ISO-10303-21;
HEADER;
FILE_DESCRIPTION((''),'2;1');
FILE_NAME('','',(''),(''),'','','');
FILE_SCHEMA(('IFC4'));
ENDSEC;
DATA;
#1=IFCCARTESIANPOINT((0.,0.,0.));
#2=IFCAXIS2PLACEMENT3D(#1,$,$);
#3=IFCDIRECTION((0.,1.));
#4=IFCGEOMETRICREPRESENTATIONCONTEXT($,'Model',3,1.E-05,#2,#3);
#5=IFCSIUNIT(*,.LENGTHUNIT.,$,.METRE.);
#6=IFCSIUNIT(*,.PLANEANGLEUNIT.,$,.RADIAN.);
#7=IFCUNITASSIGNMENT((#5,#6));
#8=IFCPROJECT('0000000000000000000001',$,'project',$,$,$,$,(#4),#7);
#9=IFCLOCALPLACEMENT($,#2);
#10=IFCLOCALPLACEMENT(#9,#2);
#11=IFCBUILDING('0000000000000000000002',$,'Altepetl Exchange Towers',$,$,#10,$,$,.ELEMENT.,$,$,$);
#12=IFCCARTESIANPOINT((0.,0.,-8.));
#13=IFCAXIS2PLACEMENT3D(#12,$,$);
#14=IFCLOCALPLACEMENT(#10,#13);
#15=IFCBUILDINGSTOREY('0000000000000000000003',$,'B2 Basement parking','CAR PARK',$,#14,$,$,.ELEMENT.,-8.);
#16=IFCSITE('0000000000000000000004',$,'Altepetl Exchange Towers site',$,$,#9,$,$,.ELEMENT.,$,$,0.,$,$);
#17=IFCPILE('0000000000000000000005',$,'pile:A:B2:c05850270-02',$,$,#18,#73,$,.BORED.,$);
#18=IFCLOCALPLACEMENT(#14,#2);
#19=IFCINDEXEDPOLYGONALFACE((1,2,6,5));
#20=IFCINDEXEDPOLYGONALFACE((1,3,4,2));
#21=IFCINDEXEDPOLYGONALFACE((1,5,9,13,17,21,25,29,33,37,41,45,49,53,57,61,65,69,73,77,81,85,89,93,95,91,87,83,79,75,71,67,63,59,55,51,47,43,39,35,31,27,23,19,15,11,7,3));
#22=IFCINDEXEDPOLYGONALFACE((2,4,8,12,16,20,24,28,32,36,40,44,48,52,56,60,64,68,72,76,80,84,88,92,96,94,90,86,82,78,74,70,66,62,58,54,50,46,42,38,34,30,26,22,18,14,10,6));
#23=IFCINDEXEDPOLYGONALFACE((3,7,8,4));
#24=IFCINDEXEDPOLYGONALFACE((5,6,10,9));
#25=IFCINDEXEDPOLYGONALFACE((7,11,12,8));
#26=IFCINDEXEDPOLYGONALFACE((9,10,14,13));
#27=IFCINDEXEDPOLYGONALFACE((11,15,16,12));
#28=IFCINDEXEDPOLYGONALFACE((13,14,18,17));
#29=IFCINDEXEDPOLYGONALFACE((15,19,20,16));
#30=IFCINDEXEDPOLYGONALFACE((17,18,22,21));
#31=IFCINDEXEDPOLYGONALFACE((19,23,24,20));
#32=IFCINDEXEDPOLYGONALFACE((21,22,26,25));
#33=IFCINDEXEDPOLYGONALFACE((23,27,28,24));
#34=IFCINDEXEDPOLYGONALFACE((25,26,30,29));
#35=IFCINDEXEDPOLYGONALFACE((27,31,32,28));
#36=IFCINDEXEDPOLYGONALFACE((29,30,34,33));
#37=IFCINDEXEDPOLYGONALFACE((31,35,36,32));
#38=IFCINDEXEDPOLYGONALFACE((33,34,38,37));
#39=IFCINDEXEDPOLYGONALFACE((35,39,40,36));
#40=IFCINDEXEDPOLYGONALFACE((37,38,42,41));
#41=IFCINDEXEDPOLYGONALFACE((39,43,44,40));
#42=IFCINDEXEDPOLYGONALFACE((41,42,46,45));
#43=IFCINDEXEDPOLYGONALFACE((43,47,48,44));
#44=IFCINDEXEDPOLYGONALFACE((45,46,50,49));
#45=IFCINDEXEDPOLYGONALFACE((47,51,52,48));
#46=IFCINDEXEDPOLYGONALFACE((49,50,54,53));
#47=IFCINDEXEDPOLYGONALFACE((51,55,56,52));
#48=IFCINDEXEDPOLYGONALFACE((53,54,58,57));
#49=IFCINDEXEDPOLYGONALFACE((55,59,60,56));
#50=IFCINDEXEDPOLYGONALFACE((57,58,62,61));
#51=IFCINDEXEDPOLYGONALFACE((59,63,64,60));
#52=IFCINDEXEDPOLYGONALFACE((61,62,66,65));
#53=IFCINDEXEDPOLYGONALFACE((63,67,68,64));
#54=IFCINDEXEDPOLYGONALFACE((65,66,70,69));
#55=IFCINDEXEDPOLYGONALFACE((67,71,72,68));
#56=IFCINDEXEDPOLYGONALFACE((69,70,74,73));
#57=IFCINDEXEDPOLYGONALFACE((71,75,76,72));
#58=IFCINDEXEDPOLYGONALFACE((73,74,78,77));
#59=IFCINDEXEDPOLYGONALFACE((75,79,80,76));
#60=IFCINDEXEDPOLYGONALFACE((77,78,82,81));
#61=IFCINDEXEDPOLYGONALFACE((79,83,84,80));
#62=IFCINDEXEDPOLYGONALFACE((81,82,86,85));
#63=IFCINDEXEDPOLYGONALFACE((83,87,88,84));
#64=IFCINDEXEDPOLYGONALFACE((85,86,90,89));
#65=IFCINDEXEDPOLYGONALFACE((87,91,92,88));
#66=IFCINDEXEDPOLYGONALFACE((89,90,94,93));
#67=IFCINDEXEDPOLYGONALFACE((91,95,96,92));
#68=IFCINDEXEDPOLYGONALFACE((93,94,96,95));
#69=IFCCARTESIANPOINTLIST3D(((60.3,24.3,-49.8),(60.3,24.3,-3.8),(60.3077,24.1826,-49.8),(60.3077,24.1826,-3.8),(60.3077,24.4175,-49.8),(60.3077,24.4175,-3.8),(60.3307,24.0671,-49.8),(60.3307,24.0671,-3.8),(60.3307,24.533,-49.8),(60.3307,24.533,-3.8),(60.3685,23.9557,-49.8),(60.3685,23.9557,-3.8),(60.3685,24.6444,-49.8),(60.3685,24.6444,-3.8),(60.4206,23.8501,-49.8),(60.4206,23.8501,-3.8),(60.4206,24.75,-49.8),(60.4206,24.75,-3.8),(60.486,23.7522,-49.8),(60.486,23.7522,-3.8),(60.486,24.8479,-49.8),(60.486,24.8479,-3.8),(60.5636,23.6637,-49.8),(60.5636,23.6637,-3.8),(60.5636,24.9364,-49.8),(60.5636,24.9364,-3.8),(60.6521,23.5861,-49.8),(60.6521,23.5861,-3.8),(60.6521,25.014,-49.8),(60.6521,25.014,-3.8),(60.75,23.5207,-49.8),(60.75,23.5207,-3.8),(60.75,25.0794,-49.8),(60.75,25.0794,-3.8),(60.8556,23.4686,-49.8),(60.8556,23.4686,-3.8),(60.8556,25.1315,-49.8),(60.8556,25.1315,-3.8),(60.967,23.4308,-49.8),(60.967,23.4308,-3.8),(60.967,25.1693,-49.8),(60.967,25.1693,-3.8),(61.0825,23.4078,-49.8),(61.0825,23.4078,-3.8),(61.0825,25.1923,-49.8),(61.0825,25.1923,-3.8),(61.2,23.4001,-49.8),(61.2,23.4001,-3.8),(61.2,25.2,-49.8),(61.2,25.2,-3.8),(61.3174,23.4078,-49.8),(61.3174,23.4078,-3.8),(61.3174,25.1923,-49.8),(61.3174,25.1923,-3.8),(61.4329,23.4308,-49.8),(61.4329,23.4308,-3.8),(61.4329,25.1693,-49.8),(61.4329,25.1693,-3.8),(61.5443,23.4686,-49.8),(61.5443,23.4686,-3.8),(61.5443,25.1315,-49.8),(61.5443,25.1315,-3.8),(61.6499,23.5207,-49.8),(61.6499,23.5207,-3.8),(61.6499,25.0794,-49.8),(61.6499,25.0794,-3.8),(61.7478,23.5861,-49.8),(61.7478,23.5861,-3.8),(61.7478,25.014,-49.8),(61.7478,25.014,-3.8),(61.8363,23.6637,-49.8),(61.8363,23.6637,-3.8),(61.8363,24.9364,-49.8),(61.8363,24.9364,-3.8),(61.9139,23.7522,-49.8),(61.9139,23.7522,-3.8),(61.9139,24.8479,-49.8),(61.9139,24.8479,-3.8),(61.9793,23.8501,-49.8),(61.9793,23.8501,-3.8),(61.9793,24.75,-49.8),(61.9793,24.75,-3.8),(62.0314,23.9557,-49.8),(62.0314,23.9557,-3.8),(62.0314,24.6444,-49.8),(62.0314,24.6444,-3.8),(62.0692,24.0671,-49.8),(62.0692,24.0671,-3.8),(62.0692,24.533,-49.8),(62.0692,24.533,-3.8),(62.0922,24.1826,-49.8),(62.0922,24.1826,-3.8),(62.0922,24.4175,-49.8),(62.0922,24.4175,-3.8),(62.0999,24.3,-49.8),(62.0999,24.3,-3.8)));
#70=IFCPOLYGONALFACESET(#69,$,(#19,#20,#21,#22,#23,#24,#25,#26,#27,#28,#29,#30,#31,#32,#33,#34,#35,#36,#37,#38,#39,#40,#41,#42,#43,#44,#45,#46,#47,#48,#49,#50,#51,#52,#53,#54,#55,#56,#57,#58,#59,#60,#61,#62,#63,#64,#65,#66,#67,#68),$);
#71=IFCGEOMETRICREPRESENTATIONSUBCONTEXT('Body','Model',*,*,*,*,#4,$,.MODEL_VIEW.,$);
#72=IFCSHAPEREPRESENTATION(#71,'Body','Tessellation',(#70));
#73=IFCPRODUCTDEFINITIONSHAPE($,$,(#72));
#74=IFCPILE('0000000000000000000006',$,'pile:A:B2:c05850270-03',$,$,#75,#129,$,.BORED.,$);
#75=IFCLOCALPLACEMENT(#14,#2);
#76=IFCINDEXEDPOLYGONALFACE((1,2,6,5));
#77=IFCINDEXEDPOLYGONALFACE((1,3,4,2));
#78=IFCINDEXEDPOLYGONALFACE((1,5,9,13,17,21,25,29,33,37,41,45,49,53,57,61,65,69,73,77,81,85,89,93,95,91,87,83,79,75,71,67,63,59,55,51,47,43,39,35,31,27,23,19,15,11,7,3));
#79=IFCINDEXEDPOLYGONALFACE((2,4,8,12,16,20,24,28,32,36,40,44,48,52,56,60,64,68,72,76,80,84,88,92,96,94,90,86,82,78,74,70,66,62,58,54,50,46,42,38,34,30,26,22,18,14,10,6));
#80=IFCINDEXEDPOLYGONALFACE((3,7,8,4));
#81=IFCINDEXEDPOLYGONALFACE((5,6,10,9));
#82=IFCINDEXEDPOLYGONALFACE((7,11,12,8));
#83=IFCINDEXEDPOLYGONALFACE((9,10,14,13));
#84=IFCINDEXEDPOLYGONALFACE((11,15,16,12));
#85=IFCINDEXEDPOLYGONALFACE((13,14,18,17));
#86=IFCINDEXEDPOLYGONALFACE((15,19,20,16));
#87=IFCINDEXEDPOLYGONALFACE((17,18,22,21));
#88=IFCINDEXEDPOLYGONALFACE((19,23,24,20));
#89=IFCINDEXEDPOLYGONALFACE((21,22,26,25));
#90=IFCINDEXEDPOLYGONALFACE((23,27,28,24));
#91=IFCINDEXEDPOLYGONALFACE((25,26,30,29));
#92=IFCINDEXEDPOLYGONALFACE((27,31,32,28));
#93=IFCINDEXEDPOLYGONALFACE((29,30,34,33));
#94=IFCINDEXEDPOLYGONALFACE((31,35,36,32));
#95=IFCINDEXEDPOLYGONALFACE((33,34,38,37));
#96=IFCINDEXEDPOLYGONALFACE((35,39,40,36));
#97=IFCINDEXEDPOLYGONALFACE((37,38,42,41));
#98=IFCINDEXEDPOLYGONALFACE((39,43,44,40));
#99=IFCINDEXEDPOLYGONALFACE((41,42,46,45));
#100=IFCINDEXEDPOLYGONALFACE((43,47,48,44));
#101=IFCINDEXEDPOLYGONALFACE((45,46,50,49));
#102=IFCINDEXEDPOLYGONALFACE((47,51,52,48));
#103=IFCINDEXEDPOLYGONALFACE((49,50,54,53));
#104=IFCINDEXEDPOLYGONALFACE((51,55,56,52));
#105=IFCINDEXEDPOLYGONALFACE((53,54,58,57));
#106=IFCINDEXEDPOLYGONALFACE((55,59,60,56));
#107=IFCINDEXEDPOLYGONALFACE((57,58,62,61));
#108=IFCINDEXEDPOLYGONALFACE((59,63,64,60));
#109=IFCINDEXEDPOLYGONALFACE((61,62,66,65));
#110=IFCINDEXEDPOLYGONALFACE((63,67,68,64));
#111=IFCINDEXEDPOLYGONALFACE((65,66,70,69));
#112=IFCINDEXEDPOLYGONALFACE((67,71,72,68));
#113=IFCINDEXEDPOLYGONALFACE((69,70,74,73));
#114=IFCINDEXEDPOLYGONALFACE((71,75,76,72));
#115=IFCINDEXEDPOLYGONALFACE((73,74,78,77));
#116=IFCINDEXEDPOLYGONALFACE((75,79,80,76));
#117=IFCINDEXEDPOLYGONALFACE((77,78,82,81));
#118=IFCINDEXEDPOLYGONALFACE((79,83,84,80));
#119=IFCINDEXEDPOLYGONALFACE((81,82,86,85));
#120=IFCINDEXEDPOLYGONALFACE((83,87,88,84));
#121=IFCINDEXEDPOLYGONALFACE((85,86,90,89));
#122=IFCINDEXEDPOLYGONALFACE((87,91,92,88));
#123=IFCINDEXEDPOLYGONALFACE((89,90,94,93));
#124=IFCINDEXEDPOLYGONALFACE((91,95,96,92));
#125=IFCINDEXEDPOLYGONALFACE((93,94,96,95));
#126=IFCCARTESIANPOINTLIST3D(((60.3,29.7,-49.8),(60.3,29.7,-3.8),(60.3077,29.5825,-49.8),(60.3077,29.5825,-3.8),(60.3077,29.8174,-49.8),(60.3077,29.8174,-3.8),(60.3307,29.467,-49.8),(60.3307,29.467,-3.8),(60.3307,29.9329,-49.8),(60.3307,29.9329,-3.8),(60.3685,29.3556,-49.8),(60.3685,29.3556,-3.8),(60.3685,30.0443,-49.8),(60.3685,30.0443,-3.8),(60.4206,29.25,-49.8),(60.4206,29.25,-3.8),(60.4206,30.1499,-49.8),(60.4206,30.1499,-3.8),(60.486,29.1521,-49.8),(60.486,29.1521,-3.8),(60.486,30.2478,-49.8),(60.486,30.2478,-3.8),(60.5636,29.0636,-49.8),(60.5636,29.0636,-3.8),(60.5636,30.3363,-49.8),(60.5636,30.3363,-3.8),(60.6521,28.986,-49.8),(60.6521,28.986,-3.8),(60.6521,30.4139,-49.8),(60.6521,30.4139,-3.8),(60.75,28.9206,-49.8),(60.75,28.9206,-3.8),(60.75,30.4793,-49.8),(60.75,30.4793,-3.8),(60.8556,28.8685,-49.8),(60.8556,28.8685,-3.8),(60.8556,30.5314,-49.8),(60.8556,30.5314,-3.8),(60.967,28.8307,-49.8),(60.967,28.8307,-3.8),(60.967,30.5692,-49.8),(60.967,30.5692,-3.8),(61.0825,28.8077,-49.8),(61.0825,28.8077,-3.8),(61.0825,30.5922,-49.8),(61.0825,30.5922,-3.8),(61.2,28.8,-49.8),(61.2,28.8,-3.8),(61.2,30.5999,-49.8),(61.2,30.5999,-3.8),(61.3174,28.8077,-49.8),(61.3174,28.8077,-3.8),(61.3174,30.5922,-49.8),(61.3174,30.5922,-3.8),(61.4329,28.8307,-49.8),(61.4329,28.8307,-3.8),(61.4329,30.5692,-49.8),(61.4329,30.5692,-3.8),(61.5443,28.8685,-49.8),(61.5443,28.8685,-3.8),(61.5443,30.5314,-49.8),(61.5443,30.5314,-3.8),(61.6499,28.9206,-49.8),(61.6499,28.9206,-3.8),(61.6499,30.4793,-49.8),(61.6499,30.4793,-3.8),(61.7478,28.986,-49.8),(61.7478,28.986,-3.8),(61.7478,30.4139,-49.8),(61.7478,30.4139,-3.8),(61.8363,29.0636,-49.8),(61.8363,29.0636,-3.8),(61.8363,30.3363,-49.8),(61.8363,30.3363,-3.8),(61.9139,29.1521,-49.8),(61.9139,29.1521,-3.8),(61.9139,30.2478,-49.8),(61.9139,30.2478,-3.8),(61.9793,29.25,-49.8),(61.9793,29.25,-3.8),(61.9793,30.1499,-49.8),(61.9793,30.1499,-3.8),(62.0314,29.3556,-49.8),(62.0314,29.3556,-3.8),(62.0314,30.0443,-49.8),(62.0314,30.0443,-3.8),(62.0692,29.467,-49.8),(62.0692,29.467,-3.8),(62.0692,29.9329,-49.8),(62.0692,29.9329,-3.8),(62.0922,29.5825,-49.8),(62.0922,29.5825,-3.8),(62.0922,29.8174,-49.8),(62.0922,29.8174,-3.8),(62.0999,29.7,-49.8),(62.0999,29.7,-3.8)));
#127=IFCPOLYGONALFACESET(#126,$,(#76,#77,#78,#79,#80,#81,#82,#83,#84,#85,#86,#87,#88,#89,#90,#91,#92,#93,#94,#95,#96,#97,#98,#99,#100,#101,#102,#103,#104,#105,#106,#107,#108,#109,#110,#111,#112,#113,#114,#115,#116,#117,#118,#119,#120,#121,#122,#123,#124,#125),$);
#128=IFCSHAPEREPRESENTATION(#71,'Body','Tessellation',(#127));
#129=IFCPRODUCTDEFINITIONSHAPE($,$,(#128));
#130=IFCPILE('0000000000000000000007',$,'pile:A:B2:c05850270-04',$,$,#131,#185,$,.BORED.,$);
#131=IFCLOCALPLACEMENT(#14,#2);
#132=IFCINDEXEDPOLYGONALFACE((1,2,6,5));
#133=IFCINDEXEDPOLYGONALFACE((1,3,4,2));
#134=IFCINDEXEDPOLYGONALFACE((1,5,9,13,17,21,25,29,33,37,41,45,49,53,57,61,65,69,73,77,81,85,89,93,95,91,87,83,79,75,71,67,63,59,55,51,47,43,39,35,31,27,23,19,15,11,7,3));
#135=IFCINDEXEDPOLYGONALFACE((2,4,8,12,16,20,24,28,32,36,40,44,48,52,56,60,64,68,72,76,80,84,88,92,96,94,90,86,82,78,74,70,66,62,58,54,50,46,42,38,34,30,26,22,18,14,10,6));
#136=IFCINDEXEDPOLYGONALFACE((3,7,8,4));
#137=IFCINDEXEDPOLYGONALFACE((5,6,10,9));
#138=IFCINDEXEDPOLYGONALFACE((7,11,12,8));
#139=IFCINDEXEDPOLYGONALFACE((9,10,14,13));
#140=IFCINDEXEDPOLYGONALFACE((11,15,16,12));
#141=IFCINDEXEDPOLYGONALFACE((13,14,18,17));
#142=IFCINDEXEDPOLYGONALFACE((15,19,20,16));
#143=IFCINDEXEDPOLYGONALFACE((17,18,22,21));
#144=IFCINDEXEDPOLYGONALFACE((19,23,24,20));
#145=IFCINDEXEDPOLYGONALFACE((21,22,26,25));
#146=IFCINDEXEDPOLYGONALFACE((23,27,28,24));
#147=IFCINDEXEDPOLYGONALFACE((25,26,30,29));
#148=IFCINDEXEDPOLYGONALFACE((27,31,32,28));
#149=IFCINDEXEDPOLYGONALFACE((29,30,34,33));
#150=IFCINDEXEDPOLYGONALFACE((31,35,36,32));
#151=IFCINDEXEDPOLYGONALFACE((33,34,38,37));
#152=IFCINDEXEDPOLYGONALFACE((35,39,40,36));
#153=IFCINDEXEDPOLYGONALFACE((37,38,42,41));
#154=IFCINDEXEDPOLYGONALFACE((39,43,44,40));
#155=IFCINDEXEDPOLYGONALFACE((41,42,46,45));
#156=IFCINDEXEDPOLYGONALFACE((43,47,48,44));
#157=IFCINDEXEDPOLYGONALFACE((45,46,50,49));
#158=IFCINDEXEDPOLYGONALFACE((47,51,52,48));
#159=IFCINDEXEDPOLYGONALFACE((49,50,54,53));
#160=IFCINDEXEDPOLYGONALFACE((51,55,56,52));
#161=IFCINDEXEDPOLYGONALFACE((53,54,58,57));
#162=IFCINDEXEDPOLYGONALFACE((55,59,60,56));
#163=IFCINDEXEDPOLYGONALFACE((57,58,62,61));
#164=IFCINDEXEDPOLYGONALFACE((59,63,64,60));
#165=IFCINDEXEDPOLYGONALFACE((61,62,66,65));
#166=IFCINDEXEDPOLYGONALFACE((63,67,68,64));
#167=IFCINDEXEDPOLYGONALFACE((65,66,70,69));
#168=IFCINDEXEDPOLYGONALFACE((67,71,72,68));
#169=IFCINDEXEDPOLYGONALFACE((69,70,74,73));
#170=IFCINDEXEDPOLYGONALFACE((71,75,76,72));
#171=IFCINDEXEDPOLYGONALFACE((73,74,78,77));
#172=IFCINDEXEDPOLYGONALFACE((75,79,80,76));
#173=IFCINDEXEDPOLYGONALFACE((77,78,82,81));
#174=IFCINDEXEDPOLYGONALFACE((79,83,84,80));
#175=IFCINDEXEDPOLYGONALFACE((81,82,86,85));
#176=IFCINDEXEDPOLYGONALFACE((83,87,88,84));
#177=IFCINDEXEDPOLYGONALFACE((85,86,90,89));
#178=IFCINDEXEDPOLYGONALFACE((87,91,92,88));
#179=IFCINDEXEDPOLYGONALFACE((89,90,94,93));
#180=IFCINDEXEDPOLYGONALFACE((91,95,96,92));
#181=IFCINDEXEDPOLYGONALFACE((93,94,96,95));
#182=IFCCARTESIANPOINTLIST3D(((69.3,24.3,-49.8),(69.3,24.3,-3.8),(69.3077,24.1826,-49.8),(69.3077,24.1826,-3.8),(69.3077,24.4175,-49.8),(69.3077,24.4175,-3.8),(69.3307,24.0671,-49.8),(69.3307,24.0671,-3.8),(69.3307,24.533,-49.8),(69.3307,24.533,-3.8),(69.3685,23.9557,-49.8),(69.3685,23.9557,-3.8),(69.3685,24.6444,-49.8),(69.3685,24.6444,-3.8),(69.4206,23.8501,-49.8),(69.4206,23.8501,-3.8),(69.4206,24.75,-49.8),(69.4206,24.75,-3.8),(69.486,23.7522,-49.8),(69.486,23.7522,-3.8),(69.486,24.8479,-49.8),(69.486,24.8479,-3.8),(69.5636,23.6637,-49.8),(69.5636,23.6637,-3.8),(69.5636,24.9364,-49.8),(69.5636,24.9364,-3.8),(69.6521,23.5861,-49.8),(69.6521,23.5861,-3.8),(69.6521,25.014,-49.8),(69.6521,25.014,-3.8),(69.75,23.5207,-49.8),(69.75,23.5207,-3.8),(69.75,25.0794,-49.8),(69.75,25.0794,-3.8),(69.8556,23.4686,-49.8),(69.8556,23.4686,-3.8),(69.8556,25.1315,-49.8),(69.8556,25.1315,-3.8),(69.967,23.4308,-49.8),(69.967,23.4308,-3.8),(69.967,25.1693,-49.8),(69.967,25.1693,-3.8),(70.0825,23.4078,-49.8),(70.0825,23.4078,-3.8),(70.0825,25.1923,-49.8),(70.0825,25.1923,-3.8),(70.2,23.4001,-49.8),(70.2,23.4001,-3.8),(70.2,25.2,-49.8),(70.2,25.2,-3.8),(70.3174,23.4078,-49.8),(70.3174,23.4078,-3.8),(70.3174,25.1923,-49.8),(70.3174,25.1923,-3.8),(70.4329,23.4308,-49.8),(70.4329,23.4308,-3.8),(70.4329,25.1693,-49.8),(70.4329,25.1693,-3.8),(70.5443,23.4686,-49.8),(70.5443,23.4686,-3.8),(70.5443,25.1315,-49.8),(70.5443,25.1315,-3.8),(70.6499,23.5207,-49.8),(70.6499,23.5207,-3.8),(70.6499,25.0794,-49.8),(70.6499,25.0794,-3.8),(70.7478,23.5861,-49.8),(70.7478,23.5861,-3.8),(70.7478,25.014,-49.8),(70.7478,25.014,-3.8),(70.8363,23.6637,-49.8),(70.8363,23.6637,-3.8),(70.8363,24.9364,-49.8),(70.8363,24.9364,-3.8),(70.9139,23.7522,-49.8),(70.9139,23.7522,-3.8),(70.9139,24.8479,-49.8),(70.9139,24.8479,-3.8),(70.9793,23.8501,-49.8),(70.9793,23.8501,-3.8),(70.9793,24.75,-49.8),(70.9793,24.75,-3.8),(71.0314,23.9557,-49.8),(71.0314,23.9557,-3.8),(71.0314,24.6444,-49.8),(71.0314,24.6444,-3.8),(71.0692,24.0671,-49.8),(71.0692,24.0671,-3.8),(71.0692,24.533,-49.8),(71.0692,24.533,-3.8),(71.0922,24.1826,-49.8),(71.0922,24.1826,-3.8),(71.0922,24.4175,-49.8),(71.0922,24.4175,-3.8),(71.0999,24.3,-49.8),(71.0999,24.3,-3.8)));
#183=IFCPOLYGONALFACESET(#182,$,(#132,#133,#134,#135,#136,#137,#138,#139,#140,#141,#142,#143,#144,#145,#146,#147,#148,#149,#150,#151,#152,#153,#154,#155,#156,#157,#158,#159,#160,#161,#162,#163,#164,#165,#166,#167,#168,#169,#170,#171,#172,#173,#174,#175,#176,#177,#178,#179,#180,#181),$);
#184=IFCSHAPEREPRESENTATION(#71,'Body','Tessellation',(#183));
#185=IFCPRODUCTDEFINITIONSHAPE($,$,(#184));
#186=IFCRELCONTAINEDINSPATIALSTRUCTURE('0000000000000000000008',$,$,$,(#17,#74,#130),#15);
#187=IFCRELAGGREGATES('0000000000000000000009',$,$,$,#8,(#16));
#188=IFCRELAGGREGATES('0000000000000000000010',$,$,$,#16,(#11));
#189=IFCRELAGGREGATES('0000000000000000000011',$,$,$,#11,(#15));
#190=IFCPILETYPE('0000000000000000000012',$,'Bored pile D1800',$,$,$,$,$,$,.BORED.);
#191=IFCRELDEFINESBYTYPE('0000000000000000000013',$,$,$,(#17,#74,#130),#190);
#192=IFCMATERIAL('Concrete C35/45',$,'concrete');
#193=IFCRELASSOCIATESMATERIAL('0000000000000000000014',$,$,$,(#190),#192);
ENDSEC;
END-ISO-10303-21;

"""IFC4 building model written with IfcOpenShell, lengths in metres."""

from ifc_helpers import new_model, si_unit, direction, frame, origin, origin_2d, place, context, subcontext, project, spatial, circle, extrude, material, material_profile, profile_set, type_object, element, save


model = new_model("IFC4")

# Units and contexts
model_context = context("Model", 3, precision=1e-05, world=origin(), true_north=direction((0.0, 1.0)))
body_context = subcontext(model_context, "Body", "Model", "MODEL_VIEW")
ifc_project = project(units=[si_unit("LENGTHUNIT", "METRE"), si_unit("PLANEANGLEUNIT", "RADIAN")], contexts=[model_context])

# Site, building, storey
site_placement = place(None, origin())
site = spatial("IfcSite", under=ifc_project, at=site_placement, Name="Altepetl Exchange Towers site", CompositionType="ELEMENT", RefElevation=0.0)
building_placement = place(site_placement, origin())
building = spatial("IfcBuilding", under=site, at=building_placement, Name="Altepetl Exchange Towers", CompositionType="ELEMENT")
storey_placement = place(building_placement, frame((0.0, 0.0, -8.0)))
storey = spatial("IfcBuildingStorey", under=building, at=storey_placement, Name="B2 Basement parking", Description="CAR PARK", CompositionType="ELEMENT", Elevation=-8.0)

# Piles
ifc_material_1 = material(Name="Concrete C35/45", Category="concrete")
ifc_material_profile_1 = material_profile(ifc_material_1, circle(Radius=0.8999, at=origin_2d()), Name="D1800")
ifc_profile_set_1 = profile_set([ifc_material_profile_1], Name="Concrete C35/45")
pile_type_1 = type_object("IfcPileType", Name="Bored pile D1800", PredefinedType="BORED", material=ifc_profile_set_1)
for number, where, z_axis, x_axis, name in (
    (1, (61.2, 24.3, -3.8), (0.0, 0.0, -1.0), (1.0, 0.0, 0.0), "pile:A:B2:c05850270-02"),
    (2, (61.2, 29.7, -3.8), (0.0, 0.0, -1.0), (1.0, 0.0, 0.0), "pile:A:B2:c05850270-03"),
    (3, (70.2, 24.3, -3.8), (0.0, 0.0, -1.0), (1.0, 0.0, 0.0), "pile:A:B2:c05850270-04"),
):
    element("IfcPile", number, at=place(storey_placement, frame(where, z_axis=z_axis, x_axis=x_axis)), inside=storey, type_object=pile_type_1, Name=name, PredefinedType="BORED", context=body_context, shape_type="SweptSolid", body=[
        extrude(circle(Radius=0.8999, at=origin_2d()), origin(), (0.0, 0.0, 1.0), 46.0),
    ])

save(model, "model.ifc")
